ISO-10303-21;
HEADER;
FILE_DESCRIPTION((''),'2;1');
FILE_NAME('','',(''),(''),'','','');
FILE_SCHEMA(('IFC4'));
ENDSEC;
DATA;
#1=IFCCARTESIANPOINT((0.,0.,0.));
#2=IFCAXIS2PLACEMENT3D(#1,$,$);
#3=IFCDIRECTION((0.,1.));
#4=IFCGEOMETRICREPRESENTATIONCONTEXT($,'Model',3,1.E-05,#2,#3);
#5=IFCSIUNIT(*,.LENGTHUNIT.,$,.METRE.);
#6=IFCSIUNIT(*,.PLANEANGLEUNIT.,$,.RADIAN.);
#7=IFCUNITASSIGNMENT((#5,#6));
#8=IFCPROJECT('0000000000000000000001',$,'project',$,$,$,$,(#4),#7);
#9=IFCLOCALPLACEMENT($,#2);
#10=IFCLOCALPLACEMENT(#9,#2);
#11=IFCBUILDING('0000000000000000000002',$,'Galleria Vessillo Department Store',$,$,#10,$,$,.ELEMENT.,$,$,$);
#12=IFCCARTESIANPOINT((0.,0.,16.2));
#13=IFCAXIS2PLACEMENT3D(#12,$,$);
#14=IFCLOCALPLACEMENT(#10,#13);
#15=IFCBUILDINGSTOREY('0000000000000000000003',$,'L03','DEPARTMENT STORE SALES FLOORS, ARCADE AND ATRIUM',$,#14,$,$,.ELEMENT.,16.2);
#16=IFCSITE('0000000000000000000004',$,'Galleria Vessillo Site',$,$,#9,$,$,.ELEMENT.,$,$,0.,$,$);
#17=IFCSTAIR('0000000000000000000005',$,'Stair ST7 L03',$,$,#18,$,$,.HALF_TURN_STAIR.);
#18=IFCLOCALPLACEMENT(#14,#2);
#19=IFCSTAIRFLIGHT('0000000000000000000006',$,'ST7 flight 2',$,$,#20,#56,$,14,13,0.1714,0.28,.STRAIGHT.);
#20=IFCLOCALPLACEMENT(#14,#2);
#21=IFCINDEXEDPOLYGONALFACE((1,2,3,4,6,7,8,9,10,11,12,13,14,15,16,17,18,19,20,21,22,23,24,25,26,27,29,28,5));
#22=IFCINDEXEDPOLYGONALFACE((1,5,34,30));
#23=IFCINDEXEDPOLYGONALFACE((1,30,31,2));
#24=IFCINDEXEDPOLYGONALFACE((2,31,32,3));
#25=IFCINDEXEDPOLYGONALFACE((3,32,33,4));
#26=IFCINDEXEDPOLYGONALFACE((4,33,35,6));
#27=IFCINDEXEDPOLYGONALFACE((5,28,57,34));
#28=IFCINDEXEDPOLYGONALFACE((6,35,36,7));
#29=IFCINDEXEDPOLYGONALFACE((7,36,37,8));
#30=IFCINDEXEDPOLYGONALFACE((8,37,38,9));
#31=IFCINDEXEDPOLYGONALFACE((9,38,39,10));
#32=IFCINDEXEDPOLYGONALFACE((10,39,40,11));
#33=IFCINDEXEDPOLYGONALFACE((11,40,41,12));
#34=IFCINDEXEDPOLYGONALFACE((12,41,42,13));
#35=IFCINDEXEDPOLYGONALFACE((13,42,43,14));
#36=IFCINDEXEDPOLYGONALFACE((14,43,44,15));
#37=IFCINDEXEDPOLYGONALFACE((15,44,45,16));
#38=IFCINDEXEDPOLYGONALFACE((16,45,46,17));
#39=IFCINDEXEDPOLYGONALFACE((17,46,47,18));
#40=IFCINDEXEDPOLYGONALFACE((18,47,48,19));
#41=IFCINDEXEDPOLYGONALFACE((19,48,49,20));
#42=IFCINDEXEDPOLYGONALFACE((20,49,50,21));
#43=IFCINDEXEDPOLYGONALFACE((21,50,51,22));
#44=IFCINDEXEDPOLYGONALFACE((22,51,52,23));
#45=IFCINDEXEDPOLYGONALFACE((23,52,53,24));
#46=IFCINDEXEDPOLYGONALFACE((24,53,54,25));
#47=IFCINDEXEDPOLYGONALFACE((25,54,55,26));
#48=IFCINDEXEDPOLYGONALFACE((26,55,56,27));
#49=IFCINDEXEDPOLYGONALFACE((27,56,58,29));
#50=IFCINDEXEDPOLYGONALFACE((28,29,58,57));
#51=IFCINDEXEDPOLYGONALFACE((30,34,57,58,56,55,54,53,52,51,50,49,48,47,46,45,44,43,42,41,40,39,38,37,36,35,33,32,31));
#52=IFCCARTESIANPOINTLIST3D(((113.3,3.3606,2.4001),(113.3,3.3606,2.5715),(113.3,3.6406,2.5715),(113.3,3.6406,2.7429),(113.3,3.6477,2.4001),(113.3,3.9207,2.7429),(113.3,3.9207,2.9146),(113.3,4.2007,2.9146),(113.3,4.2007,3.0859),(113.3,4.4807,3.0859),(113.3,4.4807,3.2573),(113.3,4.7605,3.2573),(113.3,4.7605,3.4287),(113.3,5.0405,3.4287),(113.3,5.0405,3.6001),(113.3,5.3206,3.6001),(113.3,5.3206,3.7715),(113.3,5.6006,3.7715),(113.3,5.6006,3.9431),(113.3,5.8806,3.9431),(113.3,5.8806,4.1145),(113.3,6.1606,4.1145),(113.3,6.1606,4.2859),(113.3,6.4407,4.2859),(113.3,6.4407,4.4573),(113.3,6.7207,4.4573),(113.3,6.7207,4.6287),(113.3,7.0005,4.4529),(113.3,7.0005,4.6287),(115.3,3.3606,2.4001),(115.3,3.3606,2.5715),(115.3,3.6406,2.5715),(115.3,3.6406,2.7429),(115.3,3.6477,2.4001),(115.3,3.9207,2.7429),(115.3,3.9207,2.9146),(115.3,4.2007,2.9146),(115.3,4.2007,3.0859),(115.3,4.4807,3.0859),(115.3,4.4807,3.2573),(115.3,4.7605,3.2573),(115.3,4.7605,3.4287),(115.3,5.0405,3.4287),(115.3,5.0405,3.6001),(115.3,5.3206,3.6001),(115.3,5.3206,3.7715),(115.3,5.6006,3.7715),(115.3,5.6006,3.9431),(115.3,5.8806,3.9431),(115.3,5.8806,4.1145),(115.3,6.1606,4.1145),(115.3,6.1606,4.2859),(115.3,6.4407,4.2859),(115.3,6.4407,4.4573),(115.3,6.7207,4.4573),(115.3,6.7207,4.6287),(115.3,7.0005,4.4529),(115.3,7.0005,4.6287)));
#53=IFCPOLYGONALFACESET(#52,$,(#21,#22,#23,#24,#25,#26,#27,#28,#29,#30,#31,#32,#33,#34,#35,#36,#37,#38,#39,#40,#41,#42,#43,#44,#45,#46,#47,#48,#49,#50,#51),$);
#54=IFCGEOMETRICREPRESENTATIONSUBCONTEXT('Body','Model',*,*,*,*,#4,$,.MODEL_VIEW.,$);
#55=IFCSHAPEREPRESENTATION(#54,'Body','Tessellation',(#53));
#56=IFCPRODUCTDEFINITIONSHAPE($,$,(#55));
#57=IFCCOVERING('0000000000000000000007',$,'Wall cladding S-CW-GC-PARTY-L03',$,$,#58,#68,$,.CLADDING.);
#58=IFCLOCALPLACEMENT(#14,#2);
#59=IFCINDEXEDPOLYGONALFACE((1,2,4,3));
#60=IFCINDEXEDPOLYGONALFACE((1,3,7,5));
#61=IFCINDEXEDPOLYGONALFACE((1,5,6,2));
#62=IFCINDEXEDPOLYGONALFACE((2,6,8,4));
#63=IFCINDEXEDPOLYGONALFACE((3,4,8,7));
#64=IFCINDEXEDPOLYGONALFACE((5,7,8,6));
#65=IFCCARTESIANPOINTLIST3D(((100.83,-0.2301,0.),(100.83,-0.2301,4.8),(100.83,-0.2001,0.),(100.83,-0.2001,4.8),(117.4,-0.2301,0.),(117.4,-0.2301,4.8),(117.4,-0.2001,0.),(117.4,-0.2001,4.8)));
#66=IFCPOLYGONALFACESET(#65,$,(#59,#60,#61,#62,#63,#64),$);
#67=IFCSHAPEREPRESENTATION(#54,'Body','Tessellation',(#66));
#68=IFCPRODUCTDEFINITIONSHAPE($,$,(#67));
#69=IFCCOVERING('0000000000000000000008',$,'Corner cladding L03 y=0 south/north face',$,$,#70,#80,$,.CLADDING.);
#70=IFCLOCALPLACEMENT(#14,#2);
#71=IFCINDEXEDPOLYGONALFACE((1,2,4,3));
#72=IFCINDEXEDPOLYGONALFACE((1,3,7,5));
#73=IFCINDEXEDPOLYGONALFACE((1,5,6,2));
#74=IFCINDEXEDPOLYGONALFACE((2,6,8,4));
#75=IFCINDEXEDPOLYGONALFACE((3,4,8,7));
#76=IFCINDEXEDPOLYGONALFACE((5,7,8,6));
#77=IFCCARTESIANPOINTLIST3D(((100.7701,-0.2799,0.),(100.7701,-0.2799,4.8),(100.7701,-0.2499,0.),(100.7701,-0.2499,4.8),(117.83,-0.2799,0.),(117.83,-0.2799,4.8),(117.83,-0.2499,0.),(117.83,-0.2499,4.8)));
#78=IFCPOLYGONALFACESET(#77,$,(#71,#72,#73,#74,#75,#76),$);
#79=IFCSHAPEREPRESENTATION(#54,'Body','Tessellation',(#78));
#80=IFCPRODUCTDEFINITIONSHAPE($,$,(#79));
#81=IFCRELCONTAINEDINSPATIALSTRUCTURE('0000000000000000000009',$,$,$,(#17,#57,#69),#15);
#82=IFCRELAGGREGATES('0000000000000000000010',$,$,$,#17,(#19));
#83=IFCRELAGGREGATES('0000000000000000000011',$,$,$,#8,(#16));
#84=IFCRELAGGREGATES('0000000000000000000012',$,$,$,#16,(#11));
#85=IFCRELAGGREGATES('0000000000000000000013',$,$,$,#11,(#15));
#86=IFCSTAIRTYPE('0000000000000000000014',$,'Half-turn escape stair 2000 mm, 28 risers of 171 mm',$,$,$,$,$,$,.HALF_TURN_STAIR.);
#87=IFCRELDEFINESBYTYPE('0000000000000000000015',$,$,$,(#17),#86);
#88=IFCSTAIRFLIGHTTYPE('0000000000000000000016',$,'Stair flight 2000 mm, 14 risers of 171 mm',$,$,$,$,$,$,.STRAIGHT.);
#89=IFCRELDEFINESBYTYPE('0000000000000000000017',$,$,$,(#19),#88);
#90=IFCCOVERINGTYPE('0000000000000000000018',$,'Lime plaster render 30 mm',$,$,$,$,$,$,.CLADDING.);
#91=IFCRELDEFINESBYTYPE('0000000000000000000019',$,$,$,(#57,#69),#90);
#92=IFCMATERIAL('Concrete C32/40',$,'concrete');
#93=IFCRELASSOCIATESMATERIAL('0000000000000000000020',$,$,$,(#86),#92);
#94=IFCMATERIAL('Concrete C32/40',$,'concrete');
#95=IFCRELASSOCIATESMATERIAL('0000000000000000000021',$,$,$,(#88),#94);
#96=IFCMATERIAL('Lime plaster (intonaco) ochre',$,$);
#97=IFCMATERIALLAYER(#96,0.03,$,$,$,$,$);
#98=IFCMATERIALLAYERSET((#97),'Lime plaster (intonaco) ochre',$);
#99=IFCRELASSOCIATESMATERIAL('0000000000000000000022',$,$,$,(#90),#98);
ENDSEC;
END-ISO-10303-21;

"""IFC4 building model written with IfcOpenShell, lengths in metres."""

from ifc_helpers import new_model, si_unit, direction, frame, origin, origin_2d, place, context, subcontext, project, spatial, polyline, rectangle, outline, extrude, material, layer, layer_set, type_object, element, aggregate, save


model = new_model("IFC4")

# Units and contexts
model_context = context("Model", 3, precision=1e-05, world=origin(), true_north=direction((0.0, 1.0)))
body_context = subcontext(model_context, "Body", "Model", "MODEL_VIEW")
ifc_project = project(units=[si_unit("LENGTHUNIT", "METRE"), si_unit("PLANEANGLEUNIT", "RADIAN")], contexts=[model_context])

# Site, building, storey
site_placement = place(None, origin())
site = spatial("IfcSite", under=ifc_project, at=site_placement, Name="Galleria Vessillo Site", CompositionType="ELEMENT", RefElevation=0.0)
building_placement = place(site_placement, origin())
building = spatial("IfcBuilding", under=site, at=building_placement, Name="Galleria Vessillo Department Store", CompositionType="ELEMENT")
storey_placement = place(building_placement, frame((0.0, 0.0, 16.2)))
storey = spatial("IfcBuildingStorey", under=building, at=storey_placement, Name="L03", Description="DEPARTMENT STORE SALES FLOORS, ARCADE AND ATRIUM", CompositionType="ELEMENT", Elevation=16.2)

# Stair, stair flight
ifc_material_1 = material(Name="Concrete C32/40", Category="concrete")
stair_type = type_object("IfcStairType", Name="Half-turn escape stair 2000 mm, 28 risers of 171 mm", PredefinedType="HALF_TURN_STAIR", material=ifc_material_1)
stair_placement = place(storey_placement, origin())
stair = element("IfcStair", 1, at=stair_placement, inside=storey, type_object=stair_type, Name="Stair ST7 L03", PredefinedType="HALF_TURN_STAIR")
ifc_material_2 = material(Name="Concrete C32/40", Category="concrete")
stair_flight_type = type_object("IfcStairFlightType", Name="Stair flight 2000 mm, 14 risers of 171 mm", PredefinedType="STRAIGHT", material=ifc_material_2)
stair_flight_1_placement = place(storey_placement, frame((114.3, 3.3606, 2.4001), z_axis=(0.0, 0.0, 1.0), x_axis=(0.0, 1.0, 0.0)))
stair_flight_1 = element("IfcStairFlight", 2, at=stair_flight_1_placement, type_object=stair_flight_type, Name="ST7 flight 2", NumberOfRisers=14, NumberOfTreads=13, PredefinedType="STRAIGHT", RiserHeight=0.1714, TreadLength=0.28, context=body_context, shape_type="SweptSolid", body=[
    extrude(outline(polyline([(0.0, 0.0), (0.0, 0.1714), (0.28, 0.1714), (0.28, 0.3428), (0.5601, 0.3428), (0.5601, 0.5144), (0.8401, 0.5144), (0.8401, 0.6858), (1.1201, 0.6858), (1.1201, 0.8572), (1.3999, 0.8572), (1.3999, 1.0286), (1.6799, 1.0286), (1.6799, 1.2), (1.96, 1.2), (1.96, 1.3713), (2.24, 1.3713), (2.24, 1.543), (2.52, 1.543), (2.52, 1.7144), (2.8, 1.7144), (2.8, 1.8857), (3.0801, 1.8857), (3.0801, 2.0571), (3.3601, 2.0571), (3.3601, 2.2285), (3.6399, 2.2285), (3.6399, 2.3999), (3.6399, 2.0527), (0.2871, 0.0), (0.0, 0.0)])), frame((0.0, 1.0, 0.0), z_axis=(0.0, -1.0, 0.0), x_axis=(1.0, 0.0, 0.0)), (0.0, 0.0, 1.0), 2.0),
])
aggregate(stair, [stair_flight_1])

# Coverings
ifc_material_3 = material(Name="Lime plaster (intonaco) ochre")
ifc_layer_1 = layer(ifc_material_3, 0.03)
ifc_layer_set_1 = layer_set([ifc_layer_1], Name="Lime plaster (intonaco) ochre")
covering_type = type_object("IfcCoveringType", Name="Lime plaster render 30 mm", PredefinedType="CLADDING", material=ifc_layer_set_1)
covering_1_placement = place(storey_placement, frame((109.115, -0.2151, 0.0), z_axis=(0.0, 0.0, 1.0), x_axis=(1.0, 0.0, 0.0)))
element("IfcCovering", 3, at=covering_1_placement, inside=storey, type_object=covering_type, Name="Wall cladding S-CW-GC-PARTY-L03", PredefinedType="CLADDING", context=body_context, shape_type="SweptSolid", body=[
    extrude(rectangle(XDim=16.5701, YDim=0.03, at=origin_2d()), origin(), (0.0, 0.0, 1.0), 4.8),
])
covering_2_placement = place(storey_placement, frame((109.3, -0.2649, 0.0), z_axis=(0.0, 0.0, 1.0), x_axis=(1.0, 0.0, 0.0)))
element("IfcCovering", 4, at=covering_2_placement, inside=storey, type_object=covering_type, Name="Corner cladding L03 y=0 south/north face", PredefinedType="CLADDING", context=body_context, shape_type="SweptSolid", body=[
    extrude(rectangle(XDim=17.0598, YDim=0.03, at=origin_2d()), origin(), (0.0, 0.0, 1.0), 4.8),
])

save(model, "model.ifc")
